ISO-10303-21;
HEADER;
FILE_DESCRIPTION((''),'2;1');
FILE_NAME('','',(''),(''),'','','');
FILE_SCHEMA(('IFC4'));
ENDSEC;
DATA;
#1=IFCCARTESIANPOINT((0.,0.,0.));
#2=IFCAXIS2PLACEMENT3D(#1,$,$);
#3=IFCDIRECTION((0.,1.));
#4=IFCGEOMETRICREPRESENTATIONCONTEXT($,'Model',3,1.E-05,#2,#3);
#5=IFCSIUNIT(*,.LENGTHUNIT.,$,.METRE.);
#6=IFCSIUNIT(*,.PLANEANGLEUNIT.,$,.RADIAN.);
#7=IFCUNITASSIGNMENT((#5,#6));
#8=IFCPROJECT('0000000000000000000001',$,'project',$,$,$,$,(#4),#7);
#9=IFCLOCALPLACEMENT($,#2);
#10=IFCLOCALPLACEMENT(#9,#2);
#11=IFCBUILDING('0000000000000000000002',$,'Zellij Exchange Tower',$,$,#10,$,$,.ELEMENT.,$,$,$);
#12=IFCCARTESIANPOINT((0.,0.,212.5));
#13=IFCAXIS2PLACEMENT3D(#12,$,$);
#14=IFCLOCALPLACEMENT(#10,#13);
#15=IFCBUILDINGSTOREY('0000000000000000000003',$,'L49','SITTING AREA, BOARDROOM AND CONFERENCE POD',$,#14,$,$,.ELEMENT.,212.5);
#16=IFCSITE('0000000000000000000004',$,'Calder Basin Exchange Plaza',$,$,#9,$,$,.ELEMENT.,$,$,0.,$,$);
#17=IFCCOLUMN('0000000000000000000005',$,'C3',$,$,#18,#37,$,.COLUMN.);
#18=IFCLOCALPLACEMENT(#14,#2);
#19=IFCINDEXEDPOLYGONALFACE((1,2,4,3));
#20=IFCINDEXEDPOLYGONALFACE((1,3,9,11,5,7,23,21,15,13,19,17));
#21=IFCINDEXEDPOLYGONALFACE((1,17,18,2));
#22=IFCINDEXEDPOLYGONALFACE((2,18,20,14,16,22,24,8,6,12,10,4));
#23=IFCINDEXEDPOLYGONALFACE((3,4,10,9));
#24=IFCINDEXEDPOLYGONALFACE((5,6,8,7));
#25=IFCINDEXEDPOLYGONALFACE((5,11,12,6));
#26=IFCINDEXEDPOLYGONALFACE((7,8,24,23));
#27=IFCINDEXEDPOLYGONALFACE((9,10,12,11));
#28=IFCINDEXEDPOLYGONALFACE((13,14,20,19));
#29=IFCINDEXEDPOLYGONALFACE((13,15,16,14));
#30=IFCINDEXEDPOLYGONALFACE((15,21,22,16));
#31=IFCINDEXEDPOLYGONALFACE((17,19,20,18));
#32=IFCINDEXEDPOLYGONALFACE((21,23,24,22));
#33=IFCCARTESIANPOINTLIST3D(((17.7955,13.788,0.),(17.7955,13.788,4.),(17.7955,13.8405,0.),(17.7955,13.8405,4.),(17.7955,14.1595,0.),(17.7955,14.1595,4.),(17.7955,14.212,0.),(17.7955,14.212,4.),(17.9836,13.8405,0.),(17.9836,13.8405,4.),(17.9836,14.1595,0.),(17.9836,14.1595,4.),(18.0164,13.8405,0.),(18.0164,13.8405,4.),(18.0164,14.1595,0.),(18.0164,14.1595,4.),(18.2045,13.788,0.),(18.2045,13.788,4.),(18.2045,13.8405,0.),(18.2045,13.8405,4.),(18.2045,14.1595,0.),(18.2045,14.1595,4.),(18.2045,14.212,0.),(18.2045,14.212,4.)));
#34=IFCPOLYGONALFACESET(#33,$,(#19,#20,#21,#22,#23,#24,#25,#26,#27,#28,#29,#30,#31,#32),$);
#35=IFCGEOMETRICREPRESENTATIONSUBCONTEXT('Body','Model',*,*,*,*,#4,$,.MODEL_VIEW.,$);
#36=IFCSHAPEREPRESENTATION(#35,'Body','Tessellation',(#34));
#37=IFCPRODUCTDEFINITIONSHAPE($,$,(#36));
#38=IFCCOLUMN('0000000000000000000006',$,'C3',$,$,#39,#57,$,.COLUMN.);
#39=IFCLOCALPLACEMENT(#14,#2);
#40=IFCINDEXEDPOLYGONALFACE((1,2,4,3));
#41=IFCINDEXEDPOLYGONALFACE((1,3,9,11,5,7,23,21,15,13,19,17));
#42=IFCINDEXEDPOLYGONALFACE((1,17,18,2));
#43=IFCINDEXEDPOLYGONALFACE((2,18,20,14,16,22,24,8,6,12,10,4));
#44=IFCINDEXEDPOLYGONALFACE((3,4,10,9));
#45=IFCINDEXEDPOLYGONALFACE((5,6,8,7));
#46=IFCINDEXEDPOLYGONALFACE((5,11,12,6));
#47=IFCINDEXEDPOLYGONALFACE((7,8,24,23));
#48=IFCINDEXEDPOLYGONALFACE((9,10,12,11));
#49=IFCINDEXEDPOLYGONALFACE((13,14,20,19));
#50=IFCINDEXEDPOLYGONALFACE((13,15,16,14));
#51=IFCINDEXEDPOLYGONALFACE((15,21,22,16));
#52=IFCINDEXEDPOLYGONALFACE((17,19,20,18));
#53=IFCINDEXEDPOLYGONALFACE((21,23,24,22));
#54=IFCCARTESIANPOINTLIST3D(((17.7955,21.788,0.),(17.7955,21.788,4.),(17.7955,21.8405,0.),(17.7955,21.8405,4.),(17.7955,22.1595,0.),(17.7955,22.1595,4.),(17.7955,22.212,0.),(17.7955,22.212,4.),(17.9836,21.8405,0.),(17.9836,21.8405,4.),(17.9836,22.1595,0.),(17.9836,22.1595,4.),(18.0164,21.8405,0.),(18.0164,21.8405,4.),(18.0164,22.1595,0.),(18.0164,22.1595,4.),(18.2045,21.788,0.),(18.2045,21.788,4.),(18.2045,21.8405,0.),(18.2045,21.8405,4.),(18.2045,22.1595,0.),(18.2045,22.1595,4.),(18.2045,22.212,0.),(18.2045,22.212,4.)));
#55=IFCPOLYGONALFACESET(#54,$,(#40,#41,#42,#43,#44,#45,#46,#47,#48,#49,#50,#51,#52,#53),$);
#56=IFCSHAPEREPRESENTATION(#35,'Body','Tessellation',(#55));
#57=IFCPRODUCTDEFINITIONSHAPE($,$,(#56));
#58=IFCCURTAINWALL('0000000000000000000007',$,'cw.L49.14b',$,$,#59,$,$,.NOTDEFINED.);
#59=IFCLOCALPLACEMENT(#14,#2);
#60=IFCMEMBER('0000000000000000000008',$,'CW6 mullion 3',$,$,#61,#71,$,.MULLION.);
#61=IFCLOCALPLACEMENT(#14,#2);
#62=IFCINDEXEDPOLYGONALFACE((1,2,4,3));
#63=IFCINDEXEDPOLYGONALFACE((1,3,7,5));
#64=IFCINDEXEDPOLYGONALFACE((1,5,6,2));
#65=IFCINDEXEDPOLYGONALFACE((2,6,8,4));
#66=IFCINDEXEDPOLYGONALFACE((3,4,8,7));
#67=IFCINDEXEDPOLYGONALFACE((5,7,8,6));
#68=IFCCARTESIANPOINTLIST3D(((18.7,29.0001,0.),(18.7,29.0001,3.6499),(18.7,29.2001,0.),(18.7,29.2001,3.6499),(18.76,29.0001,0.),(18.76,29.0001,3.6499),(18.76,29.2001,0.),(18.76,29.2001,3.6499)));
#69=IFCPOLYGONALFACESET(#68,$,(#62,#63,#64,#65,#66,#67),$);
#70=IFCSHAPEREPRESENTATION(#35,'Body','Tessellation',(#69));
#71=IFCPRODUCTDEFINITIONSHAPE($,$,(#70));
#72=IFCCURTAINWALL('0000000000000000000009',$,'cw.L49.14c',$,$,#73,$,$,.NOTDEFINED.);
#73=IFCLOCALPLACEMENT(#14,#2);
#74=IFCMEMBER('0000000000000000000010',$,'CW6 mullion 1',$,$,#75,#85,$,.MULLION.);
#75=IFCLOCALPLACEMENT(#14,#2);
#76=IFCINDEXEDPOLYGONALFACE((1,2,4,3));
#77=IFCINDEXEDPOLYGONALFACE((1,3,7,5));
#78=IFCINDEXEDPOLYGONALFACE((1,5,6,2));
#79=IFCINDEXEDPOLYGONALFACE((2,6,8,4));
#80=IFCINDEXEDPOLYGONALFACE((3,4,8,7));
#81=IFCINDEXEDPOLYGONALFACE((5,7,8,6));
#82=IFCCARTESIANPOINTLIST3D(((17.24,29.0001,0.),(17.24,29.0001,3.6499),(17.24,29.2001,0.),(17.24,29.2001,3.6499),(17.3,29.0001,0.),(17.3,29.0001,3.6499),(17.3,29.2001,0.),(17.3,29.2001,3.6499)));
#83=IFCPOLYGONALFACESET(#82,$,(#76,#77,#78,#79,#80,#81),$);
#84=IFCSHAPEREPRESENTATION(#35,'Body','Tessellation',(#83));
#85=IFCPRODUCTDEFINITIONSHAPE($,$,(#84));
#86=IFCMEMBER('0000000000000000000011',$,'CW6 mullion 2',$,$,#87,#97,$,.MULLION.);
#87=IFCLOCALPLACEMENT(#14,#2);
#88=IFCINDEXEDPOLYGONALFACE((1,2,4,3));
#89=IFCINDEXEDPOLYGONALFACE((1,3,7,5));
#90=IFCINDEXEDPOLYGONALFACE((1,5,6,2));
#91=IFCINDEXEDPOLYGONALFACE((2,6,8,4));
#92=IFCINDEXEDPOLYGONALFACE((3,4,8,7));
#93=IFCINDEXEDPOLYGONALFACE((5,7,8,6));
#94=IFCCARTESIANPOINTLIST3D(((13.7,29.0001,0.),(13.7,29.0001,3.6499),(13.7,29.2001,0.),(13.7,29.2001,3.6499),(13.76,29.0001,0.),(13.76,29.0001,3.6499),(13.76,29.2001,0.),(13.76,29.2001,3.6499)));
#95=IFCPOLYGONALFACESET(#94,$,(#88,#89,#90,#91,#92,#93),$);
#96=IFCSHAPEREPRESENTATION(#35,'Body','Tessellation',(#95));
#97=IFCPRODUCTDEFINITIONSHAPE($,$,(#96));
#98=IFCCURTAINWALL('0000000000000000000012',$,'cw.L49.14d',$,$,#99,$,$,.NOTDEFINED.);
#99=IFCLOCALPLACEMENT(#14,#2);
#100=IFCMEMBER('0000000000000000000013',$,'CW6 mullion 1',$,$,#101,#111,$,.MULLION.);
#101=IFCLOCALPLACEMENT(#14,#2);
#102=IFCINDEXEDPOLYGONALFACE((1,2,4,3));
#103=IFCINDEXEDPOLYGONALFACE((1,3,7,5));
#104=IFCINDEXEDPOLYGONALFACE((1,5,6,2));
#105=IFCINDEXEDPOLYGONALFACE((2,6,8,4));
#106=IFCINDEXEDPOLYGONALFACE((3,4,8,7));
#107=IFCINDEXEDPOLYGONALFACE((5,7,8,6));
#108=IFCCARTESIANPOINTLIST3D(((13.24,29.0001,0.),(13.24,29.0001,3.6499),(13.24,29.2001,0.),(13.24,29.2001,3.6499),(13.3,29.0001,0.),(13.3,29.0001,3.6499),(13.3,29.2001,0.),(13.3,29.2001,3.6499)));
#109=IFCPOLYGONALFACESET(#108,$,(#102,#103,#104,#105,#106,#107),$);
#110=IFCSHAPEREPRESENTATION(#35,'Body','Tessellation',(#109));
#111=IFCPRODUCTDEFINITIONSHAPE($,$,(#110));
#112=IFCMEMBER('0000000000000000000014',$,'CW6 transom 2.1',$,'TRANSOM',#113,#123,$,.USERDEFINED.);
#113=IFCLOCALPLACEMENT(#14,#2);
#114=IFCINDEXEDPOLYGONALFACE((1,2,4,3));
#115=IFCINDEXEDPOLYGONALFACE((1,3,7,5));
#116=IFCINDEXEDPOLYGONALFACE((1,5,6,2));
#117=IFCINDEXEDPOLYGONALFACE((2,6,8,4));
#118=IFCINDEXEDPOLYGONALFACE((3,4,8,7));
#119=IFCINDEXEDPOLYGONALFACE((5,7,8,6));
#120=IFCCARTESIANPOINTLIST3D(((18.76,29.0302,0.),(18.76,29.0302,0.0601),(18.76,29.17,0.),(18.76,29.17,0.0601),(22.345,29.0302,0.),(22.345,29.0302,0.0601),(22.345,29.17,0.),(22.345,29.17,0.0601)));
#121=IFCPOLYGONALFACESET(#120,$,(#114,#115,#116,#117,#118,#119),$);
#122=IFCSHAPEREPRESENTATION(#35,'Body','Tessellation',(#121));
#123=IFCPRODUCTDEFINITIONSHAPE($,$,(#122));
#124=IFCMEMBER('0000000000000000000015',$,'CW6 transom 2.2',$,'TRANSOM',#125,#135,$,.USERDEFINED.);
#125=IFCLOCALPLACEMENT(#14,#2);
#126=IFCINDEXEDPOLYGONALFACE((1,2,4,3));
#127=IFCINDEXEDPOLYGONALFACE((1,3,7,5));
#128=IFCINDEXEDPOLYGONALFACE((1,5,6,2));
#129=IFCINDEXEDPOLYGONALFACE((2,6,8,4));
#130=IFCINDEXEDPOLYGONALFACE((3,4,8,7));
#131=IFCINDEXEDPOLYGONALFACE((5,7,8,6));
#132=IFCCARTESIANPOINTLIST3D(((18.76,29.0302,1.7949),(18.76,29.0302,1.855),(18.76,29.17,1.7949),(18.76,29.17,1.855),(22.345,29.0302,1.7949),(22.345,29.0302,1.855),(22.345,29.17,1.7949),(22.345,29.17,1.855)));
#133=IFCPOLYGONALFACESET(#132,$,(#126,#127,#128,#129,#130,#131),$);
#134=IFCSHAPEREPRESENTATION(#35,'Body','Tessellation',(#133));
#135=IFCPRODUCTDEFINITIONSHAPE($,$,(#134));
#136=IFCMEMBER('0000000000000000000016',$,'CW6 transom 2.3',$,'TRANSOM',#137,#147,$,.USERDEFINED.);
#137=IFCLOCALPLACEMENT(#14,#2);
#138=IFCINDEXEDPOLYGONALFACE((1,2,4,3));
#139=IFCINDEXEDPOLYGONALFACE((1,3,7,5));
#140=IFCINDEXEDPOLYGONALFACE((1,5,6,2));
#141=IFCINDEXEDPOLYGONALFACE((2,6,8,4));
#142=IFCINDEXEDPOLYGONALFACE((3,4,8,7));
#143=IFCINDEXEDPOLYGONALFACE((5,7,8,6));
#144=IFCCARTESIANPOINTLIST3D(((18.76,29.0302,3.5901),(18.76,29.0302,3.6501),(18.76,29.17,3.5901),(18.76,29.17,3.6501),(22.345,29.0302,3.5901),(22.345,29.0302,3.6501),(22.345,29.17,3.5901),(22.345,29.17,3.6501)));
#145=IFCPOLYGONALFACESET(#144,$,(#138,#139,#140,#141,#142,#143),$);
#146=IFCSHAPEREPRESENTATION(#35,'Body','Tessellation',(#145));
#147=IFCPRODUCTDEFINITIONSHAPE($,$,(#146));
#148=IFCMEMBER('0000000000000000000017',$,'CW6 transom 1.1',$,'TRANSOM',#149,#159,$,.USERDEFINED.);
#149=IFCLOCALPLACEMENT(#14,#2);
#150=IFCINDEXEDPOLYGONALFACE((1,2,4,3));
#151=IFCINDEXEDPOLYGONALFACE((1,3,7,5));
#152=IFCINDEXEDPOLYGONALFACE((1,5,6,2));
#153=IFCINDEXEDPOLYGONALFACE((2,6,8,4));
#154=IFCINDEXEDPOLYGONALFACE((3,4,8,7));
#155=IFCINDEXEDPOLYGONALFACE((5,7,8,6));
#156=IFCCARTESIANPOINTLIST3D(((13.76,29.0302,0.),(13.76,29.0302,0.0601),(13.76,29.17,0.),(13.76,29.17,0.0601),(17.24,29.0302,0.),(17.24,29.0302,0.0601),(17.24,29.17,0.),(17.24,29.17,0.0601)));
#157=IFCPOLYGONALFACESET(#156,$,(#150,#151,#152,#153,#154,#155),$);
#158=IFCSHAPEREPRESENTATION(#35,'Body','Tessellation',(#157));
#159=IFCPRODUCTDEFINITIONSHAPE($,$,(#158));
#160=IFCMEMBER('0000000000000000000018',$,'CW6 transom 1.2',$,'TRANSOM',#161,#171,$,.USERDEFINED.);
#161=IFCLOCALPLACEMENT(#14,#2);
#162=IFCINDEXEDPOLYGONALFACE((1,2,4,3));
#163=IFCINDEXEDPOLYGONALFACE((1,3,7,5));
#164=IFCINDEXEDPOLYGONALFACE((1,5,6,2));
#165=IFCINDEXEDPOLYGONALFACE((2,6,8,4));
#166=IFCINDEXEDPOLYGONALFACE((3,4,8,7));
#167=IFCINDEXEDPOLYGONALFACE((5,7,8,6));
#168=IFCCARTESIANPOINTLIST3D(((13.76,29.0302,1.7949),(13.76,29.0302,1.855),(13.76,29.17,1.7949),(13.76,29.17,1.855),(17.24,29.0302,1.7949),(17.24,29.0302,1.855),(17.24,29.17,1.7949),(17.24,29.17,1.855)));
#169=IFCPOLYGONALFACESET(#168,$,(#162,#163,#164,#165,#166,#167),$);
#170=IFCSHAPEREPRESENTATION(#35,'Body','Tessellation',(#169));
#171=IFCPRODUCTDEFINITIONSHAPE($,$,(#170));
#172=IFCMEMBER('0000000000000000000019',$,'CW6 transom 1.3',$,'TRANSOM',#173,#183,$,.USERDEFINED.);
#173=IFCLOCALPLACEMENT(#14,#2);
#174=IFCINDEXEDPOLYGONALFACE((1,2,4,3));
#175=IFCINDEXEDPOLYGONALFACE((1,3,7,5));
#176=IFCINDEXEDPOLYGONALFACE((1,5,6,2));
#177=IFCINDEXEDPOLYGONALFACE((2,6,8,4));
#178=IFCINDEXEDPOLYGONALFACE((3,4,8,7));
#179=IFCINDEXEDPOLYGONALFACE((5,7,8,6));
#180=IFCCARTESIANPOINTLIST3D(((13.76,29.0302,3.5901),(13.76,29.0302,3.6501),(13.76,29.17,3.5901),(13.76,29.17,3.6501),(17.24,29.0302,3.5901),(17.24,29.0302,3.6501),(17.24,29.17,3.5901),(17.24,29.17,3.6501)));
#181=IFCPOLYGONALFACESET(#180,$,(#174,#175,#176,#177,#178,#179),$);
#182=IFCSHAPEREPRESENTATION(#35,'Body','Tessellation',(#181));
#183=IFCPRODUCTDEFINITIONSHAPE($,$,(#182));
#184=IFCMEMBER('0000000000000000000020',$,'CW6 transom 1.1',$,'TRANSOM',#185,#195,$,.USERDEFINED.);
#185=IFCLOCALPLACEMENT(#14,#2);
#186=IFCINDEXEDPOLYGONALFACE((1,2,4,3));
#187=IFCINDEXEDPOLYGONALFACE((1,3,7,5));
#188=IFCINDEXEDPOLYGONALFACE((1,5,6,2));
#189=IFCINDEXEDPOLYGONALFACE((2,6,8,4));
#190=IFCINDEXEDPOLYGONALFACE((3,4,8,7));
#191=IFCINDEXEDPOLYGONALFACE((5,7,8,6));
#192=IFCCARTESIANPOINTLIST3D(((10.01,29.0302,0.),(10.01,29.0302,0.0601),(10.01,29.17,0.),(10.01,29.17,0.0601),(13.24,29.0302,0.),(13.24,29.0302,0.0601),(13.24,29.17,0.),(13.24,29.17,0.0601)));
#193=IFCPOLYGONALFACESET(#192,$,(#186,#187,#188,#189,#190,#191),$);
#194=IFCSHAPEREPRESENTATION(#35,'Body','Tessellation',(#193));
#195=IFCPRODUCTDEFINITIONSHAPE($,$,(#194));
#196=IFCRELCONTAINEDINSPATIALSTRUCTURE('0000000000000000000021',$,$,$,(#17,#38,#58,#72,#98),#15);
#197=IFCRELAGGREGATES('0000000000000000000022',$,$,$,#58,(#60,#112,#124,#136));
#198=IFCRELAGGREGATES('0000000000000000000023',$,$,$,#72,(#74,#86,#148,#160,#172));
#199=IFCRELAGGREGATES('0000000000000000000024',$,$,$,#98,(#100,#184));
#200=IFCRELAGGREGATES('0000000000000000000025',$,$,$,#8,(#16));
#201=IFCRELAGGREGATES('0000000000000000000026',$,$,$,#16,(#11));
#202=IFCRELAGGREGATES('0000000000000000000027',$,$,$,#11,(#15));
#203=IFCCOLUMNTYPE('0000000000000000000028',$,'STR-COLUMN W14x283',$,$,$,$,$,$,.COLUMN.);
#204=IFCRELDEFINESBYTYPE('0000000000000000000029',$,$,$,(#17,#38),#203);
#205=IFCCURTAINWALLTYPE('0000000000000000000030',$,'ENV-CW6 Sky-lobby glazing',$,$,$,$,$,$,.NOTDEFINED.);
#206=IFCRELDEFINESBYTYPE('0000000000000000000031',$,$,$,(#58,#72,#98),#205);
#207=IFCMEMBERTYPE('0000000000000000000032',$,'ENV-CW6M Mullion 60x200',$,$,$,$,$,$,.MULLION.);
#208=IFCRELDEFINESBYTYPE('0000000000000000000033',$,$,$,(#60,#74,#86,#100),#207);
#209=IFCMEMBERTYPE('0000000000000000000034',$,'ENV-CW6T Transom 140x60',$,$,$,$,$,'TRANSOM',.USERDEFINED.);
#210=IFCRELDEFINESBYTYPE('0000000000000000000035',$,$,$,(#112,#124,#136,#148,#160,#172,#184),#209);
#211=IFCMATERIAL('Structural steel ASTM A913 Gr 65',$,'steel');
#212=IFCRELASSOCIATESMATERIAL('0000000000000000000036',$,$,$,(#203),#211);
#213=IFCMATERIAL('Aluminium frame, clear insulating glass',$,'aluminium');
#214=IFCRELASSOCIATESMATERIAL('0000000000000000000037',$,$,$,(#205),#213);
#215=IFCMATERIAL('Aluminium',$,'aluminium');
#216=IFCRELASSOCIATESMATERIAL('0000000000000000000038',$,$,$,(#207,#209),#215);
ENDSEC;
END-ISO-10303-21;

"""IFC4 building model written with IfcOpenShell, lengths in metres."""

from ifc_helpers import new_model, si_unit, direction, frame, origin, origin_2d, place, context, subcontext, project, spatial, rectangle, i_section, extrude, material, material_profile, profile_set, type_object, element, aggregate, save


model = new_model("IFC4")

# Units and contexts
model_context = context("Model", 3, precision=1e-05, world=origin(), true_north=direction((0.0, 1.0)))
body_context = subcontext(model_context, "Body", "Model", "MODEL_VIEW")
ifc_project = project(units=[si_unit("LENGTHUNIT", "METRE"), si_unit("PLANEANGLEUNIT", "RADIAN")], contexts=[model_context])

# Site, building, storey
site_placement = place(None, origin())
site = spatial("IfcSite", under=ifc_project, at=site_placement, Name="Calder Basin Exchange Plaza", CompositionType="ELEMENT", RefElevation=0.0)
building_placement = place(site_placement, origin())
building = spatial("IfcBuilding", under=site, at=building_placement, Name="Zellij Exchange Tower", CompositionType="ELEMENT")
storey_placement = place(building_placement, frame((0.0, 0.0, 212.5)))
storey = spatial("IfcBuildingStorey", under=building, at=storey_placement, Name="L49", Description="SITTING AREA, BOARDROOM AND CONFERENCE POD", CompositionType="ELEMENT", Elevation=212.5)

# Columns
ifc_material_1 = material(Name="Structural steel ASTM A913 Gr 65", Category="steel")
ifc_material_profile_1 = material_profile(ifc_material_1, i_section(OverallWidth=0.4089, OverallDepth=0.4241, WebThickness=0.0327, FlangeThickness=0.0525, at=origin_2d()), Name="W14x283")
ifc_profile_set_1 = profile_set([ifc_material_profile_1], Name="Structural steel ASTM A913 Gr 65")
column_type_1 = type_object("IfcColumnType", Name="STR-COLUMN W14x283", PredefinedType="COLUMN", material=ifc_profile_set_1)
for number, where, z_axis, x_axis, name in (
    (1, (18.0, 14.0, 0.0), (0.0, 0.0, 1.0), (1.0, 0.0, 0.0), "C3"),
    (2, (18.0, 22.0, 0.0), (0.0, 0.0, 1.0), (1.0, 0.0, 0.0), "C3"),
):
    element("IfcColumn", number, at=place(storey_placement, frame(where, z_axis=z_axis, x_axis=x_axis)), inside=storey, type_object=column_type_1, Name=name, PredefinedType="COLUMN", context=body_context, shape_type="SweptSolid", body=[
        extrude(i_section(OverallWidth=0.4089, OverallDepth=0.4241, WebThickness=0.0327, FlangeThickness=0.0525, at=origin_2d()), origin(), (0.0, 0.0, 1.0), 4.0),
    ])

# Curtain wall, member
ifc_material_2 = material(Name="Aluminium frame, clear insulating glass", Category="aluminium")
curtain_wall_type = type_object("IfcCurtainWallType", Name="ENV-CW6 Sky-lobby glazing", PredefinedType="NOTDEFINED", material=ifc_material_2)
curtain_wall_1_placement = place(storey_placement, origin())
curtain_wall_1 = element("IfcCurtainWall", 3, at=curtain_wall_1_placement, inside=storey, type_object=curtain_wall_type, Name="cw.L49.14b", PredefinedType="NOTDEFINED")
ifc_material_3 = material(Name="Aluminium", Category="aluminium")
ifc_material_profile_2 = material_profile(ifc_material_3, rectangle(XDim=0.0601, YDim=0.2, at=origin_2d()), Name="AL 60x200")
ifc_profile_set_2 = profile_set([ifc_material_profile_2], Name="Aluminium")
member_type_1 = type_object("IfcMemberType", Name="ENV-CW6M Mullion 60x200", PredefinedType="MULLION", material=ifc_profile_set_2)
member_1_placement = place(storey_placement, frame((18.73, 29.1001, 0.0), z_axis=(0.0, 0.0, 1.0), x_axis=(-1.0, 0.0, 0.0)))
member_1 = element("IfcMember", 4, at=member_1_placement, type_object=member_type_1, Name="CW6 mullion 3", PredefinedType="MULLION", context=body_context, shape_type="SweptSolid", body=[
    extrude(rectangle(XDim=0.0601, YDim=0.2, at=origin_2d()), origin(), (0.0, 0.0, 1.0), 3.6499),
])

# Curtain wall, members
curtain_wall_2_placement = place(storey_placement, origin())
curtain_wall_2 = element("IfcCurtainWall", 5, at=curtain_wall_2_placement, inside=storey, type_object=curtain_wall_type, Name="cw.L49.14c", PredefinedType="NOTDEFINED")
member_2_placement = place(storey_placement, frame((17.27, 29.1001, 0.0), z_axis=(0.0, 0.0, 1.0), x_axis=(-1.0, 0.0, 0.0)))
member_2 = element("IfcMember", 6, at=member_2_placement, type_object=member_type_1, Name="CW6 mullion 1", PredefinedType="MULLION", context=body_context, shape_type="SweptSolid", body=[
    extrude(rectangle(XDim=0.0601, YDim=0.2, at=origin_2d()), origin(), (0.0, 0.0, 1.0), 3.6499),
])
member_3_placement = place(storey_placement, frame((13.73, 29.1001, 0.0), z_axis=(0.0, 0.0, 1.0), x_axis=(-1.0, 0.0, 0.0)))
member_3 = element("IfcMember", 7, at=member_3_placement, type_object=member_type_1, Name="CW6 mullion 2", PredefinedType="MULLION", context=body_context, shape_type="SweptSolid", body=[
    extrude(rectangle(XDim=0.0601, YDim=0.2, at=origin_2d()), origin(), (0.0, 0.0, 1.0), 3.6499),
])

# Curtain wall, member
curtain_wall_3_placement = place(storey_placement, origin())
curtain_wall_3 = element("IfcCurtainWall", 8, at=curtain_wall_3_placement, inside=storey, type_object=curtain_wall_type, Name="cw.L49.14d", PredefinedType="NOTDEFINED")
member_4_placement = place(storey_placement, frame((13.27, 29.1001, 0.0), z_axis=(0.0, 0.0, 1.0), x_axis=(-1.0, 0.0, 0.0)))
member_4 = element("IfcMember", 9, at=member_4_placement, type_object=member_type_1, Name="CW6 mullion 1", PredefinedType="MULLION", context=body_context, shape_type="SweptSolid", body=[
    extrude(rectangle(XDim=0.0601, YDim=0.2, at=origin_2d()), origin(), (0.0, 0.0, 1.0), 3.6499),
])

# Members
ifc_material_profile_3 = material_profile(ifc_material_3, rectangle(XDim=0.1399, YDim=0.0601, at=origin_2d()), Name="AL 140x60")
ifc_profile_set_3 = profile_set([ifc_material_profile_3], Name="Aluminium")
member_type_2 = type_object("IfcMemberType", Name="ENV-CW6T Transom 140x60", ElementType="TRANSOM", PredefinedType="USERDEFINED", material=ifc_profile_set_3)
member_5_placement = place(storey_placement, frame((22.345, 29.1001, 0.03), z_axis=(-1.0, 0.0, 0.0), x_axis=(0.0, -1.0, 0.0)))
member_5 = element("IfcMember", 10, at=member_5_placement, type_object=member_type_2, Name="CW6 transom 2.1", ObjectType="TRANSOM", PredefinedType="USERDEFINED", context=body_context, shape_type="SweptSolid", body=[
    extrude(rectangle(XDim=0.1399, YDim=0.0601, at=origin_2d()), origin(), (0.0, 0.0, 1.0), 3.585),
])
member_6_placement = place(storey_placement, frame((22.345, 29.1001, 1.825), z_axis=(-1.0, 0.0, 0.0), x_axis=(0.0, -1.0, 0.0)))
member_6 = element("IfcMember", 11, at=member_6_placement, type_object=member_type_2, Name="CW6 transom 2.2", ObjectType="TRANSOM", PredefinedType="USERDEFINED", context=body_context, shape_type="SweptSolid", body=[
    extrude(rectangle(XDim=0.1399, YDim=0.0601, at=origin_2d()), origin(), (0.0, 0.0, 1.0), 3.585),
])
member_7_placement = place(storey_placement, frame((22.345, 29.1001, 3.6201), z_axis=(-1.0, 0.0, 0.0), x_axis=(0.0, -1.0, 0.0)))
member_7 = element("IfcMember", 12, at=member_7_placement, type_object=member_type_2, Name="CW6 transom 2.3", ObjectType="TRANSOM", PredefinedType="USERDEFINED", context=body_context, shape_type="SweptSolid", body=[
    extrude(rectangle(XDim=0.1399, YDim=0.0601, at=origin_2d()), origin(), (0.0, 0.0, 1.0), 3.585),
])
member_8_placement = place(storey_placement, frame((17.24, 29.1001, 0.03), z_axis=(-1.0, 0.0, 0.0), x_axis=(0.0, -1.0, 0.0)))
member_8 = element("IfcMember", 13, at=member_8_placement, type_object=member_type_2, Name="CW6 transom 1.1", ObjectType="TRANSOM", PredefinedType="USERDEFINED", context=body_context, shape_type="SweptSolid", body=[
    extrude(rectangle(XDim=0.1399, YDim=0.0601, at=origin_2d()), origin(), (0.0, 0.0, 1.0), 3.48),
])
member_9_placement = place(storey_placement, frame((17.24, 29.1001, 1.825), z_axis=(-1.0, 0.0, 0.0), x_axis=(0.0, -1.0, 0.0)))
member_9 = element("IfcMember", 14, at=member_9_placement, type_object=member_type_2, Name="CW6 transom 1.2", ObjectType="TRANSOM", PredefinedType="USERDEFINED", context=body_context, shape_type="SweptSolid", body=[
    extrude(rectangle(XDim=0.1399, YDim=0.0601, at=origin_2d()), origin(), (0.0, 0.0, 1.0), 3.48),
])
member_10_placement = place(storey_placement, frame((17.24, 29.1001, 3.6201), z_axis=(-1.0, 0.0, 0.0), x_axis=(0.0, -1.0, 0.0)))
member_10 = element("IfcMember", 15, at=member_10_placement, type_object=member_type_2, Name="CW6 transom 1.3", ObjectType="TRANSOM", PredefinedType="USERDEFINED", context=body_context, shape_type="SweptSolid", body=[
    extrude(rectangle(XDim=0.1399, YDim=0.0601, at=origin_2d()), origin(), (0.0, 0.0, 1.0), 3.48),
])
member_11_placement = place(storey_placement, frame((13.24, 29.1001, 0.03), z_axis=(-1.0, 0.0, 0.0), x_axis=(0.0, -1.0, 0.0)))
member_11 = element("IfcMember", 16, at=member_11_placement, type_object=member_type_2, Name="CW6 transom 1.1", ObjectType="TRANSOM", PredefinedType="USERDEFINED", context=body_context, shape_type="SweptSolid", body=[
    extrude(rectangle(XDim=0.1399, YDim=0.0601, at=origin_2d()), origin(), (0.0, 0.0, 1.0), 3.23),
])

aggregate(curtain_wall_1, [member_1, member_5, member_6, member_7])
aggregate(curtain_wall_2, [member_2, member_3, member_8, member_9, member_10])
aggregate(curtain_wall_3, [member_4, member_11])

save(model, "model.ifc")
